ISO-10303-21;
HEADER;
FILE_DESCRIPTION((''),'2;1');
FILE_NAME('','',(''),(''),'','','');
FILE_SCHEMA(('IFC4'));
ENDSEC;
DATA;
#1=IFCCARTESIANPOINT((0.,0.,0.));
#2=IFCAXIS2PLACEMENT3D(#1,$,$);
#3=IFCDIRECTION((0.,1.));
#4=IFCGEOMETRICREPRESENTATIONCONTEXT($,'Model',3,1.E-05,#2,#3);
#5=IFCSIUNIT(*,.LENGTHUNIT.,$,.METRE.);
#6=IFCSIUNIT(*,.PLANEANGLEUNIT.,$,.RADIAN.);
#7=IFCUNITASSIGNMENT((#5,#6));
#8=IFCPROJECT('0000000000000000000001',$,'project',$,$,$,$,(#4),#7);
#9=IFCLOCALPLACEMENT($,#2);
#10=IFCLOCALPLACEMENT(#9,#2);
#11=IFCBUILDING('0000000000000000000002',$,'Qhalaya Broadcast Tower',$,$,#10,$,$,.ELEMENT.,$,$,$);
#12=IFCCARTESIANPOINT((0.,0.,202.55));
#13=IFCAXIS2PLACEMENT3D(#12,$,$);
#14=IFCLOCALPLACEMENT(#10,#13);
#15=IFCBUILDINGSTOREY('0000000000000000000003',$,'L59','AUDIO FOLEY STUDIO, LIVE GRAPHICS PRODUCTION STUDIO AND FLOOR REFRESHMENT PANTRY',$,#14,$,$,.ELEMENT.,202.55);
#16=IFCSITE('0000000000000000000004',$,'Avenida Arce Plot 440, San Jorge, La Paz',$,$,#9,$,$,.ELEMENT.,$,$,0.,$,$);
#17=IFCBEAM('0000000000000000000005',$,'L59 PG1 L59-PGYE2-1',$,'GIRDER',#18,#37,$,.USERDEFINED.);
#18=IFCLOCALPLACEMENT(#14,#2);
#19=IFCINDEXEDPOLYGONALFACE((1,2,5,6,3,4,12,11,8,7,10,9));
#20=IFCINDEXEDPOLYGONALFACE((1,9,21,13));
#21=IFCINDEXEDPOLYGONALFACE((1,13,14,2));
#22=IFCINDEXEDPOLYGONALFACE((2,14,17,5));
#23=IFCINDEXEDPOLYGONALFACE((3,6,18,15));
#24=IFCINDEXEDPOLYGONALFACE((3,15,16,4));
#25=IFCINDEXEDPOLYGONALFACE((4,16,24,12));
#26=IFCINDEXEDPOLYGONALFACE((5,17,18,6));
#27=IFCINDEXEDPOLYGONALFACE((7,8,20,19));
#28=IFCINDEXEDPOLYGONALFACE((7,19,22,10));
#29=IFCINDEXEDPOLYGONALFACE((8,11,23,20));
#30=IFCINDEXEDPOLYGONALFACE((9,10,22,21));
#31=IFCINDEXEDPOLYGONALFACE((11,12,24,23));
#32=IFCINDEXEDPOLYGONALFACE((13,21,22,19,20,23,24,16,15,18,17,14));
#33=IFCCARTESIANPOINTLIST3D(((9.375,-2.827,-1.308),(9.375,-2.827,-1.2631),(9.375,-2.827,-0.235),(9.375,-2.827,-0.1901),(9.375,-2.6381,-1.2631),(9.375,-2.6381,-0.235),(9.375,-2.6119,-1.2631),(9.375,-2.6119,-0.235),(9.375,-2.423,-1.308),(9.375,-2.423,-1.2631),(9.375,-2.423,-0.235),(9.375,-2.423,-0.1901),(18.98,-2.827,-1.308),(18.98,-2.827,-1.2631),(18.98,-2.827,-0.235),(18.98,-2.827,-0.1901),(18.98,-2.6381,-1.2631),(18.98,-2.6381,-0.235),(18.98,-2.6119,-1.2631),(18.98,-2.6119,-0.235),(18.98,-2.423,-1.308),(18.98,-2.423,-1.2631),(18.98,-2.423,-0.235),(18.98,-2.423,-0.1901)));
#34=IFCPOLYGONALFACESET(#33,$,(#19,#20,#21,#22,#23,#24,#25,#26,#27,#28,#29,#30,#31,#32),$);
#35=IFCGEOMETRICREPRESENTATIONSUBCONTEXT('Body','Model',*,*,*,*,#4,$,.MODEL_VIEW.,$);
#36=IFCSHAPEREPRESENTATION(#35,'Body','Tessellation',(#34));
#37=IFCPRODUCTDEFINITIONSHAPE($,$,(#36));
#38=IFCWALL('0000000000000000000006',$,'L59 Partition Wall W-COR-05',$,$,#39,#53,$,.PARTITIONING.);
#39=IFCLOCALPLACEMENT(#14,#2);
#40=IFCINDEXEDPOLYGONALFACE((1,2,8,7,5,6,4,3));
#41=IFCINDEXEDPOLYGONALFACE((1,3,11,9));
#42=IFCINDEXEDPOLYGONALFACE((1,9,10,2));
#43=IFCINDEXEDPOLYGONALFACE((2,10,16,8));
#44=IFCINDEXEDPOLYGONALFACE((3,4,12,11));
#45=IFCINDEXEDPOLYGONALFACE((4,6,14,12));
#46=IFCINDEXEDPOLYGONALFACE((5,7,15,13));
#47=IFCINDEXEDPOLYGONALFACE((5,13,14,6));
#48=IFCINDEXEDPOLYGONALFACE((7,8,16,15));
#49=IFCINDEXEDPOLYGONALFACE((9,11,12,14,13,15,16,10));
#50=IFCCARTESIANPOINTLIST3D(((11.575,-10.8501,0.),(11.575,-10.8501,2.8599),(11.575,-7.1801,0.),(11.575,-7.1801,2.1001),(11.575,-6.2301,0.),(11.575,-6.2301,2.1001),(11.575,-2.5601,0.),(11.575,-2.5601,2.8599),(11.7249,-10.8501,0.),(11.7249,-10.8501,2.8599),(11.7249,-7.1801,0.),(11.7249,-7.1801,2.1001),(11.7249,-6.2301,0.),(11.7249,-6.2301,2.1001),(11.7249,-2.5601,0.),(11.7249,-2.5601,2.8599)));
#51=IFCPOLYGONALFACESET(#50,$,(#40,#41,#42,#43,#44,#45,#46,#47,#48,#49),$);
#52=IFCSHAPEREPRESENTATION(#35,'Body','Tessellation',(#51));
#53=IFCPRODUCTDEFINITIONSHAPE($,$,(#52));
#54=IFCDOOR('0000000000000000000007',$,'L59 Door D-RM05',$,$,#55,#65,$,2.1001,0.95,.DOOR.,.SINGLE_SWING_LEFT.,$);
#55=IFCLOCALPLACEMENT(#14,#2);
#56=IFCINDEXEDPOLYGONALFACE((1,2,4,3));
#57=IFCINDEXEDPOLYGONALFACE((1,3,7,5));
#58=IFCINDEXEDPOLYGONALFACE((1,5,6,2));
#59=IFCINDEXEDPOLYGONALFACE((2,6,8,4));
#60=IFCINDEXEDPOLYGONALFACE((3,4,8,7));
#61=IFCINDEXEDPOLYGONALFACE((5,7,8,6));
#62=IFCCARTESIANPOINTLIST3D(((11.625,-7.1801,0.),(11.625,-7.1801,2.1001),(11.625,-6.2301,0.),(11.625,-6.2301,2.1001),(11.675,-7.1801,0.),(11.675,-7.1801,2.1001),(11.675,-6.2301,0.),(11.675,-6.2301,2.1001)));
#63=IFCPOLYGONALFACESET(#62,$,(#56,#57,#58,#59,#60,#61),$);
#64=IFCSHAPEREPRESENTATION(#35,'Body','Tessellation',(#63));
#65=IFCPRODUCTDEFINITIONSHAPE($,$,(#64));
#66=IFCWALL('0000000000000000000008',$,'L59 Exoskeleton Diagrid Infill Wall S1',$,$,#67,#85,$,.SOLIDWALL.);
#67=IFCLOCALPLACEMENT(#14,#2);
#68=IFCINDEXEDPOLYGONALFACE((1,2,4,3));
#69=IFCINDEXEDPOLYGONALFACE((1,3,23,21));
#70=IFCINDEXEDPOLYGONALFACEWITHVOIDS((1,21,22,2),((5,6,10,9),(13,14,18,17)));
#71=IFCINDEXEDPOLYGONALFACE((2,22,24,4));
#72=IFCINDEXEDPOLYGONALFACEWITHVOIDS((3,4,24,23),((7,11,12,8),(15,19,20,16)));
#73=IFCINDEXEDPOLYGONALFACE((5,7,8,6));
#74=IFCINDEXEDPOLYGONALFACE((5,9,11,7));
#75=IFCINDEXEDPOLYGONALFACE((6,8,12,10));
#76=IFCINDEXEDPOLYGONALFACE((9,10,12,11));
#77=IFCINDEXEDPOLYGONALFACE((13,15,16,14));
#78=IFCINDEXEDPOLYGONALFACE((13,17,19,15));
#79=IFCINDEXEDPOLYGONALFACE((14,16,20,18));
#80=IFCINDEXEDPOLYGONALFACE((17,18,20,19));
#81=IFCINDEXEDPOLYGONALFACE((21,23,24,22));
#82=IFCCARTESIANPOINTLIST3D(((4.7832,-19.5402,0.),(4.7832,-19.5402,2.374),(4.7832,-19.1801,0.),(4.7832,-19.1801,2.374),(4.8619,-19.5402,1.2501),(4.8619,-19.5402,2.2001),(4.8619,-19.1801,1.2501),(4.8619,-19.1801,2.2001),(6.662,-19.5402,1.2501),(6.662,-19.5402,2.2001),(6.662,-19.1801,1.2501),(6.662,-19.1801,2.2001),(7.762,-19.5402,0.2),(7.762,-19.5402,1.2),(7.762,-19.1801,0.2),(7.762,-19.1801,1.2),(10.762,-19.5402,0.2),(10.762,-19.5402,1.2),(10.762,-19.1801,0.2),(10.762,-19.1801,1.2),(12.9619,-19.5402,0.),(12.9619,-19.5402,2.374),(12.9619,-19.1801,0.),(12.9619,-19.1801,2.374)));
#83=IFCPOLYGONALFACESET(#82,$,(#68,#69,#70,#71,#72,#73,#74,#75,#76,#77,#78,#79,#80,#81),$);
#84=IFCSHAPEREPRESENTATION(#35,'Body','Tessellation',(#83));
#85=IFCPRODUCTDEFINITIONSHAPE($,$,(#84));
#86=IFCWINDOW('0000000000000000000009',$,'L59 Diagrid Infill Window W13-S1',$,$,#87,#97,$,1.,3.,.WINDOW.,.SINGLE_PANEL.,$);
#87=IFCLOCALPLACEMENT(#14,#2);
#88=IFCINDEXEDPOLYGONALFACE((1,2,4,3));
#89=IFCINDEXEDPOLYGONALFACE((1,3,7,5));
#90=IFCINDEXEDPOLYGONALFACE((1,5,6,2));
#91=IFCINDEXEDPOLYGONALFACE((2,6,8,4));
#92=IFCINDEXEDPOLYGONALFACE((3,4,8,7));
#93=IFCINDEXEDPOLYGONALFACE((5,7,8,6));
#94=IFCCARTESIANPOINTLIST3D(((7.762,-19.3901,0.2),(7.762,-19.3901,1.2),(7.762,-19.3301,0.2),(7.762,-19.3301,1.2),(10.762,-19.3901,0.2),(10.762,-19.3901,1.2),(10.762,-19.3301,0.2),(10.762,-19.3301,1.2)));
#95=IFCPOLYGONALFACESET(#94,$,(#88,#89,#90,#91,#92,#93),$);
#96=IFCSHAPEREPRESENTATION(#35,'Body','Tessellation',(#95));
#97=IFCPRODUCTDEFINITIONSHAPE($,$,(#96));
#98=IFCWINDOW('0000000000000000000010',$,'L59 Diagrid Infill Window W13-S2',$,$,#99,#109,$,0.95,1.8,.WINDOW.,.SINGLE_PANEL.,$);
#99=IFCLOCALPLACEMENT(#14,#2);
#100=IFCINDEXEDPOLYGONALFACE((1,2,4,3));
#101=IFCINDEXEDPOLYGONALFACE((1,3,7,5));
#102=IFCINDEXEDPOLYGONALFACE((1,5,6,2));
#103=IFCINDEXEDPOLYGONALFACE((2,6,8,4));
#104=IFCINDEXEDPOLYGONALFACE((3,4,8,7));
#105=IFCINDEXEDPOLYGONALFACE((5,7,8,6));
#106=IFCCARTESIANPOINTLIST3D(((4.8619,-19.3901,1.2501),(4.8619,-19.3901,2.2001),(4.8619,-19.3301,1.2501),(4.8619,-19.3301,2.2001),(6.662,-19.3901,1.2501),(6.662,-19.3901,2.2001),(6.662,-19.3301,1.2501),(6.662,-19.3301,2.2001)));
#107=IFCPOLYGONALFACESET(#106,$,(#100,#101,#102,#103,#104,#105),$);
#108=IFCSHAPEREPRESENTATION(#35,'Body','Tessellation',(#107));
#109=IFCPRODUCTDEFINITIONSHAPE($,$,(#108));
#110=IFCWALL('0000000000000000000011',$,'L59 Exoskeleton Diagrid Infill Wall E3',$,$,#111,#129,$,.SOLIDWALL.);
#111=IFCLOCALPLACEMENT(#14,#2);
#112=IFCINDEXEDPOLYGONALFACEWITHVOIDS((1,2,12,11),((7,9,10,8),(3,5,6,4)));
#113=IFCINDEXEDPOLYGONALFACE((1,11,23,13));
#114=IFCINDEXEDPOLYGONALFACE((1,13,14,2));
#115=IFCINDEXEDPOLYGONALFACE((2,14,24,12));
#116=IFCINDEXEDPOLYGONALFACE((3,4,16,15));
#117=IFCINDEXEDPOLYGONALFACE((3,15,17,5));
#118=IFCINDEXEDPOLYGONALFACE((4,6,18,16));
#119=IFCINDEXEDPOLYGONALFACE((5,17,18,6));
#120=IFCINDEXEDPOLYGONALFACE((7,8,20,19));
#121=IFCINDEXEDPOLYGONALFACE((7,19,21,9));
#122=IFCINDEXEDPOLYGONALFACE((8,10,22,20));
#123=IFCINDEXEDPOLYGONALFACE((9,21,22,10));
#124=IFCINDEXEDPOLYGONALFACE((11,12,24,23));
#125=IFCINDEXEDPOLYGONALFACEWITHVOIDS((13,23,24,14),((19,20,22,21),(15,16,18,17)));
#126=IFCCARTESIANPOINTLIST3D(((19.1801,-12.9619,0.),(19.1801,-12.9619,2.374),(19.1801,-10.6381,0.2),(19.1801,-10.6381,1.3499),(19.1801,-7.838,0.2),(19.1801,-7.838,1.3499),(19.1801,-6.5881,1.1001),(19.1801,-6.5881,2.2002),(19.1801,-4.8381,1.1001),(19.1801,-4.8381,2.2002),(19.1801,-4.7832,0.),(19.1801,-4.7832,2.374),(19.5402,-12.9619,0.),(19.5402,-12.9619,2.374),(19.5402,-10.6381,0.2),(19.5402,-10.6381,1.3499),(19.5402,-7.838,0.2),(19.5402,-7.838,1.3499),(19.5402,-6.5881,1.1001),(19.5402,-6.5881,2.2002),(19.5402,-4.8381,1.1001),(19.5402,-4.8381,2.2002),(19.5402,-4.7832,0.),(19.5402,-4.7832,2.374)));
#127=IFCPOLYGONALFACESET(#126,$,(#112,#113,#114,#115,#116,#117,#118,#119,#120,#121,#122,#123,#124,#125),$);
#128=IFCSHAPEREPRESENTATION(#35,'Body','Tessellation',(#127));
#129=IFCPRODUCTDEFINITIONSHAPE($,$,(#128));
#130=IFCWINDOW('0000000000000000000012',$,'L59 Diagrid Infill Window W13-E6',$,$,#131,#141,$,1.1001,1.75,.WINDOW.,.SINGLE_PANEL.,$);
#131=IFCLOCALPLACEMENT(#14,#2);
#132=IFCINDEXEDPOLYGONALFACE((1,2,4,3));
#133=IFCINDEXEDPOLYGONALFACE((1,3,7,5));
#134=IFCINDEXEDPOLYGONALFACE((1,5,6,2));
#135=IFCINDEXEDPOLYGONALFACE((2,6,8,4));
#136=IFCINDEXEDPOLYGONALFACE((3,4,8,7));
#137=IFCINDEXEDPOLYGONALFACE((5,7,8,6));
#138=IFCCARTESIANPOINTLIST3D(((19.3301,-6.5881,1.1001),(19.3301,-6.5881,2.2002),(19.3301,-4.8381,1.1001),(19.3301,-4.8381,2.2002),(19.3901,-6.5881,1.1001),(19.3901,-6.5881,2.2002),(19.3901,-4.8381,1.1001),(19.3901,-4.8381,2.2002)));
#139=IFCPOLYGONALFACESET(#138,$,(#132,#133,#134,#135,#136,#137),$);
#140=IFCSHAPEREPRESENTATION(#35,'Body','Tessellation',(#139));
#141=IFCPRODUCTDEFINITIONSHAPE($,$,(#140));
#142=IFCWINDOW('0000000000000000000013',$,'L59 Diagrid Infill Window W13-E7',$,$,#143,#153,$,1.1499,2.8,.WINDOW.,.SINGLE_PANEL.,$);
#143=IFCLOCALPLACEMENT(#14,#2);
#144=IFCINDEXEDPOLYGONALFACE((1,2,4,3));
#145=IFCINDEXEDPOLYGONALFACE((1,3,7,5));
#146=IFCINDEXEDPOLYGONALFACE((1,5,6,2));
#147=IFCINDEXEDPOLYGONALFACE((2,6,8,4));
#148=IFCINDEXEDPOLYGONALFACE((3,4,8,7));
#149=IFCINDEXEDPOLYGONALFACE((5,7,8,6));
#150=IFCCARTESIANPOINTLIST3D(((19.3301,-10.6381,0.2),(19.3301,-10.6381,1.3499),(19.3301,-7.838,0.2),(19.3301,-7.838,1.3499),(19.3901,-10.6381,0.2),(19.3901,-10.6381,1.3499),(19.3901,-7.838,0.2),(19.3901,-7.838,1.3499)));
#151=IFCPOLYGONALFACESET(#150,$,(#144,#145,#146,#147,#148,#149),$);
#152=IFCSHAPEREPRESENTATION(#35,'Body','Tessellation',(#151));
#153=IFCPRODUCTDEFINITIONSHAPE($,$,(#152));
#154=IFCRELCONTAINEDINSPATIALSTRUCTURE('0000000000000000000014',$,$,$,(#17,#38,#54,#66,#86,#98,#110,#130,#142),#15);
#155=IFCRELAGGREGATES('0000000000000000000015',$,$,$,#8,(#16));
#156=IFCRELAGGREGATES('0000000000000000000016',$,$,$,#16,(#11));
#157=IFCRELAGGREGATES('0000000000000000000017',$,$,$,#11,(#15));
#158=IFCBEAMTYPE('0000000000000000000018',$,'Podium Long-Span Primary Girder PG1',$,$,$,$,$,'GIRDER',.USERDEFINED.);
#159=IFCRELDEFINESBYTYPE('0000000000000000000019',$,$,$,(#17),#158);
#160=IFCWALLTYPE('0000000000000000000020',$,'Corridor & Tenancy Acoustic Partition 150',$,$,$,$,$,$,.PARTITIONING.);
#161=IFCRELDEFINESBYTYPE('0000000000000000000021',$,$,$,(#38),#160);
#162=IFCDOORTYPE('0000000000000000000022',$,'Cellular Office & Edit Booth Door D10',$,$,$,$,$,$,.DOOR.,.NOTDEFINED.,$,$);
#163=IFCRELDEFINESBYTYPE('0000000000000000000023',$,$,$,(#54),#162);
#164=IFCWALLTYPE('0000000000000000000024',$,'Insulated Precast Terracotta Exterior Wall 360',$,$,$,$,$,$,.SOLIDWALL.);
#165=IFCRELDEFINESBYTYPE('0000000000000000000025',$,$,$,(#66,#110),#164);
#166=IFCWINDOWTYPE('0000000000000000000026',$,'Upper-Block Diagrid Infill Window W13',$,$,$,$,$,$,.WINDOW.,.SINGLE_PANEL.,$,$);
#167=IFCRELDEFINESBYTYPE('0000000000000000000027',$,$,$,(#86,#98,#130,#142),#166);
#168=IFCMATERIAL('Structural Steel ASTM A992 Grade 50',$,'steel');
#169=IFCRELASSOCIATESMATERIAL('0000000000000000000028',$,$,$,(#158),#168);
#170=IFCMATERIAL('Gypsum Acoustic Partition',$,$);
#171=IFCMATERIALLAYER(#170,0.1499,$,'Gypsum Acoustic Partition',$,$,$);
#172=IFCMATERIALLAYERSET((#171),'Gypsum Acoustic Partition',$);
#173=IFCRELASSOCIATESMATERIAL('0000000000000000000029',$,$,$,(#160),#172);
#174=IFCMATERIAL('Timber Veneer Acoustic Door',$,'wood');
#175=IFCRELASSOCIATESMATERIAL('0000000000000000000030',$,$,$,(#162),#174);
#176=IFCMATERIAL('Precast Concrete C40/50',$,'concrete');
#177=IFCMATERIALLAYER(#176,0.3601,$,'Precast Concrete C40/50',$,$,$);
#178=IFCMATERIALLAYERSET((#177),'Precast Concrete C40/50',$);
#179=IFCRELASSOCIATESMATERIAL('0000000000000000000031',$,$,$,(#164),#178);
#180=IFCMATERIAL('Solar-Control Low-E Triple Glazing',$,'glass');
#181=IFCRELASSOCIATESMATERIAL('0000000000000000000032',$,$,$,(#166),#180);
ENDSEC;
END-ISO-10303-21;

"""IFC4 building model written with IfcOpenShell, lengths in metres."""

from ifc_helpers import new_model, si_unit, direction, frame, frame_2d, origin, origin_2d, place, context, subcontext, project, spatial, rectangle, i_section, extrude, material, layer, layer_set, material_profile, profile_set, type_object, element, fill, save


model = new_model("IFC4")

# Units and contexts
model_context = context("Model", 3, precision=1e-05, world=origin(), true_north=direction((0.0, 1.0)))
body_context = subcontext(model_context, "Body", "Model", "MODEL_VIEW")
ifc_project = project(units=[si_unit("LENGTHUNIT", "METRE"), si_unit("PLANEANGLEUNIT", "RADIAN")], contexts=[model_context])

# Site, building, storey
site_placement = place(None, origin())
site = spatial("IfcSite", under=ifc_project, at=site_placement, Name="Avenida Arce Plot 440, San Jorge, La Paz", CompositionType="ELEMENT", RefElevation=0.0)
building_placement = place(site_placement, origin())
building = spatial("IfcBuilding", under=site, at=building_placement, Name="Qhalaya Broadcast Tower", CompositionType="ELEMENT")
storey_placement = place(building_placement, frame((0.0, 0.0, 202.55)))
storey = spatial("IfcBuildingStorey", under=building, at=storey_placement, Name="L59", Description="AUDIO FOLEY STUDIO, LIVE GRAPHICS PRODUCTION STUDIO AND FLOOR REFRESHMENT PANTRY", CompositionType="ELEMENT", Elevation=202.55)

# Beam
ifc_material_1 = material(Name="Structural Steel ASTM A992 Grade 50", Category="steel")
ifc_material_profile_1 = material_profile(ifc_material_1, i_section(OverallWidth=0.4041, OverallDepth=1.1179, WebThickness=0.0261, FlangeThickness=0.0449, at=origin_2d()), Name="W44X335")
ifc_profile_set_1 = profile_set([ifc_material_profile_1], Name="Structural Steel ASTM A992 Grade 50")
beam_type_1 = type_object("IfcBeamType", Name="Podium Long-Span Primary Girder PG1", ElementType="GIRDER", PredefinedType="USERDEFINED", material=ifc_profile_set_1)
beam_1_placement = place(storey_placement, frame((9.375, -2.625, -0.749), z_axis=(1.0, 0.0, 0.0), x_axis=(0.0, 1.0, 0.0)))
element("IfcBeam", 1, at=beam_1_placement, inside=storey, type_object=beam_type_1, Name="L59 PG1 L59-PGYE2-1", ObjectType="GIRDER", PredefinedType="USERDEFINED", context=body_context, shape_type="SweptSolid", body=[
    extrude(i_section(OverallWidth=0.4041, OverallDepth=1.1179, WebThickness=0.0261, FlangeThickness=0.0449, at=origin_2d()), origin(), (0.0, 0.0, 1.0), 9.605),
])

# Wall, opening, door
ifc_material_2 = material(Name="Gypsum Acoustic Partition")
ifc_layer_1 = layer(ifc_material_2, 0.1499, Name="Gypsum Acoustic Partition")
ifc_layer_set_1 = layer_set([ifc_layer_1], Name="Gypsum Acoustic Partition")
wall_type_1 = type_object("IfcWallType", Name="Corridor & Tenancy Acoustic Partition 150", PredefinedType="PARTITIONING", material=ifc_layer_set_1)
wall_1_placement = place(storey_placement, frame((11.6499, -10.8501, 0.0), z_axis=(0.0, 0.0, 1.0), x_axis=(0.0, 1.0, 0.0)))
wall_1 = element("IfcWall", 2, at=wall_1_placement, inside=storey, type_object=wall_type_1, Name="L59 Partition Wall W-COR-05", PredefinedType="PARTITIONING", context=body_context, shape_type="SweptSolid", body=[
    extrude(rectangle(XDim=8.29, YDim=0.1499, at=frame_2d((4.145, 0.0))), origin(), (0.0, 0.0, 1.0), 2.8599),
])
opening_1_placement = place(wall_1_placement, frame((3.6699, 0.0, 0.0)))
opening_1 = element("IfcOpeningElement", 3, at=opening_1_placement, cuts=wall_1, PredefinedType="OPENING", context=body_context, shape_type="SweptSolid", body=[
    extrude(rectangle(XDim=0.95, YDim=2.1001, at=frame_2d((0.4751, 1.05))), frame((0.0, 0.0869, 0.0), z_axis=(0.0, -1.0, 0.0), x_axis=(1.0, 0.0, 0.0)), (0.0, 0.0, 1.0), 0.1738),
])
ifc_material_3 = material(Name="Timber Veneer Acoustic Door", Category="wood")
door_type_1 = type_object("IfcDoorType", Name="Cellular Office & Edit Booth Door D10", OperationType="NOTDEFINED", PredefinedType="DOOR", material=ifc_material_3)
door_1_placement = place(opening_1_placement, origin())
door_1 = element("IfcDoor", 4, at=door_1_placement, inside=storey, type_object=door_type_1, Name="L59 Door D-RM05", OperationType="SINGLE_SWING_LEFT", OverallHeight=2.1001, OverallWidth=0.95, PredefinedType="DOOR", context=body_context, shape_type="SweptSolid", body=[
    extrude(rectangle(XDim=0.95, YDim=2.1001, at=frame_2d((0.4751, 1.05))), frame((0.0, 0.0249, 0.0), z_axis=(0.0, -1.0, 0.0), x_axis=(1.0, 0.0, 0.0)), (0.0, 0.0, 1.0), 0.05),
])
fill(opening_1, door_1)

# Walls, openings, windows
ifc_material_4 = material(Name="Precast Concrete C40/50", Category="concrete")
ifc_layer_2 = layer(ifc_material_4, 0.3601, Name="Precast Concrete C40/50")
ifc_layer_set_2 = layer_set([ifc_layer_2], Name="Precast Concrete C40/50")
wall_type_2 = type_object("IfcWallType", Name="Insulated Precast Terracotta Exterior Wall 360", PredefinedType="SOLIDWALL", material=ifc_layer_set_2)
wall_2_placement = place(storey_placement, frame((12.9619, -19.3601, 0.0), z_axis=(0.0, 0.0, 1.0), x_axis=(-1.0, 0.0, 0.0)))
wall_2 = element("IfcWall", 5, at=wall_2_placement, inside=storey, type_object=wall_type_2, Name="L59 Exoskeleton Diagrid Infill Wall S1", PredefinedType="SOLIDWALL", context=body_context, shape_type="SweptSolid", body=[
    extrude(rectangle(XDim=8.1787, YDim=0.3601, at=frame_2d((4.0894, 0.0))), origin(), (0.0, 0.0, 1.0), 2.374),
])
opening_2_placement = place(wall_2_placement, frame((2.2, 0.0, 0.2)))
opening_2 = element("IfcOpeningElement", 6, at=opening_2_placement, cuts=wall_2, PredefinedType="OPENING", context=body_context, shape_type="SweptSolid", body=[
    extrude(rectangle(XDim=3.0, YDim=1.0, at=frame_2d((1.5, 0.5))), frame((0.0, 0.1921, 0.0), z_axis=(0.0, -1.0, 0.0), x_axis=(1.0, 0.0, 0.0)), (0.0, 0.0, 1.0), 0.384),
])
opening_3_placement = place(wall_2_placement, frame((6.3, 0.0, 1.25)))
opening_3 = element("IfcOpeningElement", 7, at=opening_3_placement, cuts=wall_2, PredefinedType="OPENING", context=body_context, shape_type="SweptSolid", body=[
    extrude(rectangle(XDim=1.8, YDim=0.95, at=frame_2d((0.8999, 0.4751))), frame((0.0, 0.1921, 0.0), z_axis=(0.0, -1.0, 0.0), x_axis=(1.0, 0.0, 0.0)), (0.0, 0.0, 1.0), 0.384),
])
ifc_material_5 = material(Name="Solar-Control Low-E Triple Glazing", Category="glass")
window_type = type_object("IfcWindowType", Name="Upper-Block Diagrid Infill Window W13", PartitioningType="SINGLE_PANEL", PredefinedType="WINDOW", material=ifc_material_5)
window_1_placement = place(opening_2_placement, origin())
window_1 = element("IfcWindow", 8, at=window_1_placement, inside=storey, type_object=window_type, Name="L59 Diagrid Infill Window W13-S1", OverallHeight=1.0, OverallWidth=3.0, PartitioningType="SINGLE_PANEL", PredefinedType="WINDOW", context=body_context, shape_type="SweptSolid", body=[
    extrude(rectangle(XDim=3.0, YDim=1.0, at=frame_2d((1.5, 0.5))), frame((0.0, 0.03, 0.0), z_axis=(0.0, -1.0, 0.0), x_axis=(1.0, 0.0, 0.0)), (0.0, 0.0, 1.0), 0.0601),
])
fill(opening_2, window_1)
window_2_placement = place(opening_3_placement, origin())
window_2 = element("IfcWindow", 9, at=window_2_placement, inside=storey, type_object=window_type, Name="L59 Diagrid Infill Window W13-S2", OverallHeight=0.95, OverallWidth=1.8, PartitioningType="SINGLE_PANEL", PredefinedType="WINDOW", context=body_context, shape_type="SweptSolid", body=[
    extrude(rectangle(XDim=1.8, YDim=0.95, at=frame_2d((0.8999, 0.4751))), frame((0.0, 0.03, 0.0), z_axis=(0.0, -1.0, 0.0), x_axis=(1.0, 0.0, 0.0)), (0.0, 0.0, 1.0), 0.0601),
])
fill(opening_3, window_2)
wall_3_placement = place(storey_placement, frame((19.3601, -4.7832, 0.0), z_axis=(0.0, 0.0, 1.0), x_axis=(0.0, -1.0, 0.0)))
wall_3 = element("IfcWall", 10, at=wall_3_placement, inside=storey, type_object=wall_type_2, Name="L59 Exoskeleton Diagrid Infill Wall E3", PredefinedType="SOLIDWALL", context=body_context, shape_type="SweptSolid", body=[
    extrude(rectangle(XDim=8.1787, YDim=0.3601, at=frame_2d((4.0894, 0.0))), origin(), (0.0, 0.0, 1.0), 2.374),
])
opening_4_placement = place(wall_3_placement, frame((0.0549, 0.0, 1.1001)))
opening_4 = element("IfcOpeningElement", 11, at=opening_4_placement, cuts=wall_3, PredefinedType="OPENING", context=body_context, shape_type="SweptSolid", body=[
    extrude(rectangle(XDim=1.75, YDim=1.1001, at=frame_2d((0.875, 0.55))), frame((0.0, 0.1921, 0.0), z_axis=(0.0, -1.0, 0.0), x_axis=(1.0, 0.0, 0.0)), (0.0, 0.0, 1.0), 0.384),
])
opening_5_placement = place(wall_3_placement, frame((3.0549, 0.0, 0.2)))
opening_5 = element("IfcOpeningElement", 12, at=opening_5_placement, cuts=wall_3, PredefinedType="OPENING", context=body_context, shape_type="SweptSolid", body=[
    extrude(rectangle(XDim=2.8, YDim=1.1499, at=frame_2d((1.3999, 0.575))), frame((0.0, 0.1921, 0.0), z_axis=(0.0, -1.0, 0.0), x_axis=(1.0, 0.0, 0.0)), (0.0, 0.0, 1.0), 0.384),
])
window_3_placement = place(opening_4_placement, origin())
window_3 = element("IfcWindow", 13, at=window_3_placement, inside=storey, type_object=window_type, Name="L59 Diagrid Infill Window W13-E6", OverallHeight=1.1001, OverallWidth=1.75, PartitioningType="SINGLE_PANEL", PredefinedType="WINDOW", context=body_context, shape_type="SweptSolid", body=[
    extrude(rectangle(XDim=1.75, YDim=1.1001, at=frame_2d((0.875, 0.55))), frame((0.0, 0.03, 0.0), z_axis=(0.0, -1.0, 0.0), x_axis=(1.0, 0.0, 0.0)), (0.0, 0.0, 1.0), 0.0601),
])
fill(opening_4, window_3)
window_4_placement = place(opening_5_placement, origin())
window_4 = element("IfcWindow", 14, at=window_4_placement, inside=storey, type_object=window_type, Name="L59 Diagrid Infill Window W13-E7", OverallHeight=1.1499, OverallWidth=2.8, PartitioningType="SINGLE_PANEL", PredefinedType="WINDOW", context=body_context, shape_type="SweptSolid", body=[
    extrude(rectangle(XDim=2.8, YDim=1.1499, at=frame_2d((1.3999, 0.575))), frame((0.0, 0.03, 0.0), z_axis=(0.0, -1.0, 0.0), x_axis=(1.0, 0.0, 0.0)), (0.0, 0.0, 1.0), 0.0601),
])
fill(opening_5, window_4)

save(model, "model.ifc")
